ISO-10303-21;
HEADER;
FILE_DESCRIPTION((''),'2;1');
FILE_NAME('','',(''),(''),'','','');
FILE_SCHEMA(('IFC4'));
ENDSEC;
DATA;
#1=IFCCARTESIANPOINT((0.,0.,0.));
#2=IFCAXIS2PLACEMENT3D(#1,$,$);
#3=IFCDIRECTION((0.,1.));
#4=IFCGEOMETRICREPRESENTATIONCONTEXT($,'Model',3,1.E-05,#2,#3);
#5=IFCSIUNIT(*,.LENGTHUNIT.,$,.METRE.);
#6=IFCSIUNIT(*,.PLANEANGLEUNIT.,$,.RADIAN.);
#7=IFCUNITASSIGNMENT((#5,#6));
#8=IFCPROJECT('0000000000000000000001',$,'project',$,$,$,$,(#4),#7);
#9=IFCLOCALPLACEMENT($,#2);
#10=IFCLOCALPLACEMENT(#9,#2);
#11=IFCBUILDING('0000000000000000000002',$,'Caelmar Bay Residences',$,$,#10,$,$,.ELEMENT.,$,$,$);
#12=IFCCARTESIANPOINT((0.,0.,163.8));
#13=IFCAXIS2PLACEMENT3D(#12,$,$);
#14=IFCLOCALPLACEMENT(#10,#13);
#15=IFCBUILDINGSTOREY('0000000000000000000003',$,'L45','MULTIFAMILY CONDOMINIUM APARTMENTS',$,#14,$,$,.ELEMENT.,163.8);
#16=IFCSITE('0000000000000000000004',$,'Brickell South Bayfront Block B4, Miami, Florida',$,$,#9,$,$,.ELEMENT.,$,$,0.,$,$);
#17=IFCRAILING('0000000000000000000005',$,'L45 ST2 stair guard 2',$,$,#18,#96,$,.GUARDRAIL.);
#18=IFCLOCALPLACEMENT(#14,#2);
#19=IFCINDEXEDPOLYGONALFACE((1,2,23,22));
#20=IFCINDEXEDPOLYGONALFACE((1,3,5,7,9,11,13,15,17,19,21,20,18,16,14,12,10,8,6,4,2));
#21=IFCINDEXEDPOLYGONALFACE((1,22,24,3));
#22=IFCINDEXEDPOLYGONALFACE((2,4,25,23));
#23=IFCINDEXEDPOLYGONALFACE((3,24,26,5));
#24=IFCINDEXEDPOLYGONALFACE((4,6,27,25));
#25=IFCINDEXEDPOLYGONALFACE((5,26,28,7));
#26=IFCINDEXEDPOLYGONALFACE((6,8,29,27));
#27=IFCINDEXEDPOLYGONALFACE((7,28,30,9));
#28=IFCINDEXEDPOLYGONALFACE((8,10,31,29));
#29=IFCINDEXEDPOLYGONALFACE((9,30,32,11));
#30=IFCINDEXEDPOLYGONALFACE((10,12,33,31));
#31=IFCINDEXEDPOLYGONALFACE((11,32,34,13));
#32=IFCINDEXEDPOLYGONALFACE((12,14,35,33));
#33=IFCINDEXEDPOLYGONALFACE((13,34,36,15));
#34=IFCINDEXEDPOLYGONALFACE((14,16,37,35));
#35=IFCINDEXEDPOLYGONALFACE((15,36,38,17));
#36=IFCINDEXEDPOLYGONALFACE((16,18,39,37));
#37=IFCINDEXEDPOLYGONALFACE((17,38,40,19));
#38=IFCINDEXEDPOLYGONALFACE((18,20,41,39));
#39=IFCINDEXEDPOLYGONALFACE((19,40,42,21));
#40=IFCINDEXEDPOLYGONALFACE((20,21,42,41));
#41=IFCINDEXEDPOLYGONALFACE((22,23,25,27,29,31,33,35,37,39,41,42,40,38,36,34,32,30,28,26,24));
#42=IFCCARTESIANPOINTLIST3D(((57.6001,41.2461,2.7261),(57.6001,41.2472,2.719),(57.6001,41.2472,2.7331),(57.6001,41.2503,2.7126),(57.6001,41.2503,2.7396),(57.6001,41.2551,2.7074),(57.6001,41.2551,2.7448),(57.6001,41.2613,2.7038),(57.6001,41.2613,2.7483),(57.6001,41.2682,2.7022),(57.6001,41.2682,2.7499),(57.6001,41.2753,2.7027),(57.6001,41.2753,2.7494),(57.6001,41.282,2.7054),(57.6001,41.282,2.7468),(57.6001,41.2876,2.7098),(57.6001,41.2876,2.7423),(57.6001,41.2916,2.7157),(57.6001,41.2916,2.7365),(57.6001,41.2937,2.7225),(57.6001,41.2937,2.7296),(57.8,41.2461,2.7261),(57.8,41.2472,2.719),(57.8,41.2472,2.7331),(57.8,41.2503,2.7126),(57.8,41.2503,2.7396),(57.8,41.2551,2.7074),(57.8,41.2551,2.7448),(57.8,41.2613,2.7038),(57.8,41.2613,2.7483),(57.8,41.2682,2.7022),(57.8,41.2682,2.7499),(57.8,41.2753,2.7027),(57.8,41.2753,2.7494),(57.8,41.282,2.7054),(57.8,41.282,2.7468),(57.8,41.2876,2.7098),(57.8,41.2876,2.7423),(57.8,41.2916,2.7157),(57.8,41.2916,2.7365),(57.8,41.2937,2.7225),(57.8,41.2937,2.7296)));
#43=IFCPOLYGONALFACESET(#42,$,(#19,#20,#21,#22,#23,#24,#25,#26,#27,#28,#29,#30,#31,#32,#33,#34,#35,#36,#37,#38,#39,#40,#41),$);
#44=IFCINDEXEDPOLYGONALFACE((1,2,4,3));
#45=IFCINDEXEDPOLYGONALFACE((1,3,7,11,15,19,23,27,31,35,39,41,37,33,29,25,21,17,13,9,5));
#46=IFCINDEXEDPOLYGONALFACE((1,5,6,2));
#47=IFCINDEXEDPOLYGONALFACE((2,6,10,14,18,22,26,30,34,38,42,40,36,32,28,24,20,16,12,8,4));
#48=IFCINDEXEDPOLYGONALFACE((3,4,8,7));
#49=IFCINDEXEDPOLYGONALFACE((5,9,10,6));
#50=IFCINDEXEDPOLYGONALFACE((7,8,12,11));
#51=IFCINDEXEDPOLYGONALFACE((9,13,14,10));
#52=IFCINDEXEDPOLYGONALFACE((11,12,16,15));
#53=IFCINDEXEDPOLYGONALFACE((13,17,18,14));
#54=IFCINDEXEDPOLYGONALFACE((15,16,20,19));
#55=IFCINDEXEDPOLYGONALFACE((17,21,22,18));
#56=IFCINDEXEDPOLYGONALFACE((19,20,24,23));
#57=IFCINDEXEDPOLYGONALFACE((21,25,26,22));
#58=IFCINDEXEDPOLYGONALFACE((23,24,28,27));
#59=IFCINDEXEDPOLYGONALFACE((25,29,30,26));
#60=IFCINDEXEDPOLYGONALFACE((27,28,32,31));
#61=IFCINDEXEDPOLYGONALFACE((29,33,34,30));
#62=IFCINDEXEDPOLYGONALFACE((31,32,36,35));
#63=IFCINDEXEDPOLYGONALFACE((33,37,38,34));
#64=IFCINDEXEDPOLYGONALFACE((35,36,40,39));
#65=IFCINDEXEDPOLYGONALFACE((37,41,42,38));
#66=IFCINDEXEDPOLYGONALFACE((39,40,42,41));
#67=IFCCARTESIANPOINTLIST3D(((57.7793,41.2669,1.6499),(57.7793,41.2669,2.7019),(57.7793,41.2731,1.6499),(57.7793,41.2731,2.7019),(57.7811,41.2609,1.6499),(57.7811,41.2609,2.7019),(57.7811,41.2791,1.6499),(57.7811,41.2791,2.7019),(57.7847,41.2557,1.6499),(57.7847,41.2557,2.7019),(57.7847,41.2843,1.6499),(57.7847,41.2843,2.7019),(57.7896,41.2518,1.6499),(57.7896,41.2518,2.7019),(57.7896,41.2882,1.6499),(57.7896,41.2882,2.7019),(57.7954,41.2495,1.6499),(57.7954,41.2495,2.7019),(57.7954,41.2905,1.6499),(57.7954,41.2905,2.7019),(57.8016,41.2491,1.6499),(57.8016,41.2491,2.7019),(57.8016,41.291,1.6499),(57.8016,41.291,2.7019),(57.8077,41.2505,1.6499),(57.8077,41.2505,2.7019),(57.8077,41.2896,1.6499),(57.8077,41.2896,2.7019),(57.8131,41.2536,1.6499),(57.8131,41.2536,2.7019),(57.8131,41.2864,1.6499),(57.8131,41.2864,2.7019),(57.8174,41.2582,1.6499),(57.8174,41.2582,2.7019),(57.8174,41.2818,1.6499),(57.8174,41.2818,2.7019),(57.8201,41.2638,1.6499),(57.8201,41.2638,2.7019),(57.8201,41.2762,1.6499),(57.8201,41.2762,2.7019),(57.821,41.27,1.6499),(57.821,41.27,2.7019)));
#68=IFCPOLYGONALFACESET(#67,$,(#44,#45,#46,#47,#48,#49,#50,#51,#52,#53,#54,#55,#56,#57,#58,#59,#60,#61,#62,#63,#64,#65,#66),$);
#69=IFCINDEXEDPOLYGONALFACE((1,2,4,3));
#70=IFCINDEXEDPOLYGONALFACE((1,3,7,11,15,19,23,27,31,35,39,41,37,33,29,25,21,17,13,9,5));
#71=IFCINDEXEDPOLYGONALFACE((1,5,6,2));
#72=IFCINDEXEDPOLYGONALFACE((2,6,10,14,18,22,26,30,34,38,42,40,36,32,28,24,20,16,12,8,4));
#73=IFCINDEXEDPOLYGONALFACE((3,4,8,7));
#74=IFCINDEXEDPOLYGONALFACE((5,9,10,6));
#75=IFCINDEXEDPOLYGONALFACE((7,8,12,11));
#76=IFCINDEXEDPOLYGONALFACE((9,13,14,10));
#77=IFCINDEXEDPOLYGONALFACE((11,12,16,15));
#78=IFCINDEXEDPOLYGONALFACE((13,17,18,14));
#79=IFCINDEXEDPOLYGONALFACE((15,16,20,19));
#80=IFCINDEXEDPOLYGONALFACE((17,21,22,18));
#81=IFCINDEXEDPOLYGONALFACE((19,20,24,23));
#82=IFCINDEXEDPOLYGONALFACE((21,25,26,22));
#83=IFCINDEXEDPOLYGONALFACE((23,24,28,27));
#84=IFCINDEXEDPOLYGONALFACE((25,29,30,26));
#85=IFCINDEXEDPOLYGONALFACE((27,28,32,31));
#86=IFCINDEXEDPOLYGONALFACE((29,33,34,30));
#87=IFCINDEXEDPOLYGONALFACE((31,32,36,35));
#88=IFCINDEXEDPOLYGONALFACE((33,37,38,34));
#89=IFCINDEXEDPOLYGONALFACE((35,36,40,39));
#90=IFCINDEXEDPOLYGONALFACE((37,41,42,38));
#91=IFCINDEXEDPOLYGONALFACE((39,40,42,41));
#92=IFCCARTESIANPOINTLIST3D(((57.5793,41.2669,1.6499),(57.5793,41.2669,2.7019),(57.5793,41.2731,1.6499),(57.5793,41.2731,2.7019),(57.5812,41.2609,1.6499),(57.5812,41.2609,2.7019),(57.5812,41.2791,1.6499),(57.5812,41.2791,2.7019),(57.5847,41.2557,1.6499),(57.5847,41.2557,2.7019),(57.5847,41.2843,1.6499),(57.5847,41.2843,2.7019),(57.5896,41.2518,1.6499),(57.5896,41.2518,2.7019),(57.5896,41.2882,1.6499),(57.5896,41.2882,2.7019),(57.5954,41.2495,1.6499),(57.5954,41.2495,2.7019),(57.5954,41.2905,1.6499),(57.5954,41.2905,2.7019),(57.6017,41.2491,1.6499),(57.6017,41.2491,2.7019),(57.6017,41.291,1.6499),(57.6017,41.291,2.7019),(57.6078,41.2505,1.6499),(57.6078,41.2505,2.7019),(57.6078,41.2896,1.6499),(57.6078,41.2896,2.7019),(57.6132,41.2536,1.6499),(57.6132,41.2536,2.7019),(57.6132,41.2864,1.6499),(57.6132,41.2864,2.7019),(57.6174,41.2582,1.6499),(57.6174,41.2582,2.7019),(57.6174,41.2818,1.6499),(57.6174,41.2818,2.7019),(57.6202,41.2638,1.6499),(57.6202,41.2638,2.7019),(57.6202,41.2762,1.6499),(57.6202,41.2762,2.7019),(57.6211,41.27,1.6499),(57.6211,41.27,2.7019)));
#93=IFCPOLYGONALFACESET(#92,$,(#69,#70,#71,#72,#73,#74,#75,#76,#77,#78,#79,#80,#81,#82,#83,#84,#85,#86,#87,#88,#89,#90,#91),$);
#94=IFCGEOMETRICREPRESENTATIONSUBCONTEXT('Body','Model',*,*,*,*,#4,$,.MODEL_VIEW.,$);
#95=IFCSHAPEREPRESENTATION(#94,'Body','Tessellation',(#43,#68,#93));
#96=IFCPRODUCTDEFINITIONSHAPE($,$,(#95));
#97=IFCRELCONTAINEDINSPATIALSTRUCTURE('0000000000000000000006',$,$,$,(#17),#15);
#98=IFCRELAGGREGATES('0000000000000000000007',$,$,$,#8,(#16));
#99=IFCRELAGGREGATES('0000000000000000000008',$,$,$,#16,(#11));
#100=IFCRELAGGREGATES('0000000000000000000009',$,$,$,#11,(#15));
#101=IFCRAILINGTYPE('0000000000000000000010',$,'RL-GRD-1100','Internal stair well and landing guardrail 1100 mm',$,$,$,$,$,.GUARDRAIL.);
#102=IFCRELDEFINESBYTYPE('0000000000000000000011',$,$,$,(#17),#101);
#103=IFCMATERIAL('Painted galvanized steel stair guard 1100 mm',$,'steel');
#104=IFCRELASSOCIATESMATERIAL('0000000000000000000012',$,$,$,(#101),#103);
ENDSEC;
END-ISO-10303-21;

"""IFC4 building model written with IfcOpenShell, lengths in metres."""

from ifc_helpers import new_model, si_unit, direction, frame, origin, origin_2d, place, context, subcontext, project, spatial, circle, extrude, material, type_object, element, save


model = new_model("IFC4")

# Units and contexts
model_context = context("Model", 3, precision=1e-05, world=origin(), true_north=direction((0.0, 1.0)))
body_context = subcontext(model_context, "Body", "Model", "MODEL_VIEW")
ifc_project = project(units=[si_unit("LENGTHUNIT", "METRE"), si_unit("PLANEANGLEUNIT", "RADIAN")], contexts=[model_context])

# Site, building, storey
site_placement = place(None, origin())
site = spatial("IfcSite", under=ifc_project, at=site_placement, Name="Brickell South Bayfront Block B4, Miami, Florida", CompositionType="ELEMENT", RefElevation=0.0)
building_placement = place(site_placement, origin())
building = spatial("IfcBuilding", under=site, at=building_placement, Name="Caelmar Bay Residences", CompositionType="ELEMENT")
storey_placement = place(building_placement, frame((0.0, 0.0, 163.8)))
storey = spatial("IfcBuildingStorey", under=building, at=storey_placement, Name="L45", Description="MULTIFAMILY CONDOMINIUM APARTMENTS", CompositionType="ELEMENT", Elevation=163.8)

# Railing
ifc_material_1 = material(Name="Painted galvanized steel stair guard 1100 mm", Category="steel")
railing_type_1 = type_object("IfcRailingType", Name="RL-GRD-1100", Description="Internal stair well and landing guardrail 1100 mm", PredefinedType="GUARDRAIL", material=ifc_material_1)
railing_1_placement = place(storey_placement, frame((57.8, 41.27, 1.6499)))
element("IfcRailing", 1, at=railing_1_placement, inside=storey, type_object=railing_type_1, Name="L45 ST2 stair guard 2", PredefinedType="GUARDRAIL", context=body_context, shape_type="SweptSolid", body=[
    extrude(circle(Radius=0.0239, at=origin_2d()), frame((0.0, 0.0, 1.0762), z_axis=(-1.0, 0.0, 0.0), x_axis=(0.0, -1.0, 0.0)), (0.0, 0.0, 1.0), 0.2),
    extrude(circle(Radius=0.021, at=origin_2d()), origin(), (0.0, 0.0, 1.0), 1.052),
    extrude(circle(Radius=0.021, at=origin_2d()), frame((-0.2, 0.0, 0.0)), (0.0, 0.0, 1.0), 1.052),
])

save(model, "model.ifc")
